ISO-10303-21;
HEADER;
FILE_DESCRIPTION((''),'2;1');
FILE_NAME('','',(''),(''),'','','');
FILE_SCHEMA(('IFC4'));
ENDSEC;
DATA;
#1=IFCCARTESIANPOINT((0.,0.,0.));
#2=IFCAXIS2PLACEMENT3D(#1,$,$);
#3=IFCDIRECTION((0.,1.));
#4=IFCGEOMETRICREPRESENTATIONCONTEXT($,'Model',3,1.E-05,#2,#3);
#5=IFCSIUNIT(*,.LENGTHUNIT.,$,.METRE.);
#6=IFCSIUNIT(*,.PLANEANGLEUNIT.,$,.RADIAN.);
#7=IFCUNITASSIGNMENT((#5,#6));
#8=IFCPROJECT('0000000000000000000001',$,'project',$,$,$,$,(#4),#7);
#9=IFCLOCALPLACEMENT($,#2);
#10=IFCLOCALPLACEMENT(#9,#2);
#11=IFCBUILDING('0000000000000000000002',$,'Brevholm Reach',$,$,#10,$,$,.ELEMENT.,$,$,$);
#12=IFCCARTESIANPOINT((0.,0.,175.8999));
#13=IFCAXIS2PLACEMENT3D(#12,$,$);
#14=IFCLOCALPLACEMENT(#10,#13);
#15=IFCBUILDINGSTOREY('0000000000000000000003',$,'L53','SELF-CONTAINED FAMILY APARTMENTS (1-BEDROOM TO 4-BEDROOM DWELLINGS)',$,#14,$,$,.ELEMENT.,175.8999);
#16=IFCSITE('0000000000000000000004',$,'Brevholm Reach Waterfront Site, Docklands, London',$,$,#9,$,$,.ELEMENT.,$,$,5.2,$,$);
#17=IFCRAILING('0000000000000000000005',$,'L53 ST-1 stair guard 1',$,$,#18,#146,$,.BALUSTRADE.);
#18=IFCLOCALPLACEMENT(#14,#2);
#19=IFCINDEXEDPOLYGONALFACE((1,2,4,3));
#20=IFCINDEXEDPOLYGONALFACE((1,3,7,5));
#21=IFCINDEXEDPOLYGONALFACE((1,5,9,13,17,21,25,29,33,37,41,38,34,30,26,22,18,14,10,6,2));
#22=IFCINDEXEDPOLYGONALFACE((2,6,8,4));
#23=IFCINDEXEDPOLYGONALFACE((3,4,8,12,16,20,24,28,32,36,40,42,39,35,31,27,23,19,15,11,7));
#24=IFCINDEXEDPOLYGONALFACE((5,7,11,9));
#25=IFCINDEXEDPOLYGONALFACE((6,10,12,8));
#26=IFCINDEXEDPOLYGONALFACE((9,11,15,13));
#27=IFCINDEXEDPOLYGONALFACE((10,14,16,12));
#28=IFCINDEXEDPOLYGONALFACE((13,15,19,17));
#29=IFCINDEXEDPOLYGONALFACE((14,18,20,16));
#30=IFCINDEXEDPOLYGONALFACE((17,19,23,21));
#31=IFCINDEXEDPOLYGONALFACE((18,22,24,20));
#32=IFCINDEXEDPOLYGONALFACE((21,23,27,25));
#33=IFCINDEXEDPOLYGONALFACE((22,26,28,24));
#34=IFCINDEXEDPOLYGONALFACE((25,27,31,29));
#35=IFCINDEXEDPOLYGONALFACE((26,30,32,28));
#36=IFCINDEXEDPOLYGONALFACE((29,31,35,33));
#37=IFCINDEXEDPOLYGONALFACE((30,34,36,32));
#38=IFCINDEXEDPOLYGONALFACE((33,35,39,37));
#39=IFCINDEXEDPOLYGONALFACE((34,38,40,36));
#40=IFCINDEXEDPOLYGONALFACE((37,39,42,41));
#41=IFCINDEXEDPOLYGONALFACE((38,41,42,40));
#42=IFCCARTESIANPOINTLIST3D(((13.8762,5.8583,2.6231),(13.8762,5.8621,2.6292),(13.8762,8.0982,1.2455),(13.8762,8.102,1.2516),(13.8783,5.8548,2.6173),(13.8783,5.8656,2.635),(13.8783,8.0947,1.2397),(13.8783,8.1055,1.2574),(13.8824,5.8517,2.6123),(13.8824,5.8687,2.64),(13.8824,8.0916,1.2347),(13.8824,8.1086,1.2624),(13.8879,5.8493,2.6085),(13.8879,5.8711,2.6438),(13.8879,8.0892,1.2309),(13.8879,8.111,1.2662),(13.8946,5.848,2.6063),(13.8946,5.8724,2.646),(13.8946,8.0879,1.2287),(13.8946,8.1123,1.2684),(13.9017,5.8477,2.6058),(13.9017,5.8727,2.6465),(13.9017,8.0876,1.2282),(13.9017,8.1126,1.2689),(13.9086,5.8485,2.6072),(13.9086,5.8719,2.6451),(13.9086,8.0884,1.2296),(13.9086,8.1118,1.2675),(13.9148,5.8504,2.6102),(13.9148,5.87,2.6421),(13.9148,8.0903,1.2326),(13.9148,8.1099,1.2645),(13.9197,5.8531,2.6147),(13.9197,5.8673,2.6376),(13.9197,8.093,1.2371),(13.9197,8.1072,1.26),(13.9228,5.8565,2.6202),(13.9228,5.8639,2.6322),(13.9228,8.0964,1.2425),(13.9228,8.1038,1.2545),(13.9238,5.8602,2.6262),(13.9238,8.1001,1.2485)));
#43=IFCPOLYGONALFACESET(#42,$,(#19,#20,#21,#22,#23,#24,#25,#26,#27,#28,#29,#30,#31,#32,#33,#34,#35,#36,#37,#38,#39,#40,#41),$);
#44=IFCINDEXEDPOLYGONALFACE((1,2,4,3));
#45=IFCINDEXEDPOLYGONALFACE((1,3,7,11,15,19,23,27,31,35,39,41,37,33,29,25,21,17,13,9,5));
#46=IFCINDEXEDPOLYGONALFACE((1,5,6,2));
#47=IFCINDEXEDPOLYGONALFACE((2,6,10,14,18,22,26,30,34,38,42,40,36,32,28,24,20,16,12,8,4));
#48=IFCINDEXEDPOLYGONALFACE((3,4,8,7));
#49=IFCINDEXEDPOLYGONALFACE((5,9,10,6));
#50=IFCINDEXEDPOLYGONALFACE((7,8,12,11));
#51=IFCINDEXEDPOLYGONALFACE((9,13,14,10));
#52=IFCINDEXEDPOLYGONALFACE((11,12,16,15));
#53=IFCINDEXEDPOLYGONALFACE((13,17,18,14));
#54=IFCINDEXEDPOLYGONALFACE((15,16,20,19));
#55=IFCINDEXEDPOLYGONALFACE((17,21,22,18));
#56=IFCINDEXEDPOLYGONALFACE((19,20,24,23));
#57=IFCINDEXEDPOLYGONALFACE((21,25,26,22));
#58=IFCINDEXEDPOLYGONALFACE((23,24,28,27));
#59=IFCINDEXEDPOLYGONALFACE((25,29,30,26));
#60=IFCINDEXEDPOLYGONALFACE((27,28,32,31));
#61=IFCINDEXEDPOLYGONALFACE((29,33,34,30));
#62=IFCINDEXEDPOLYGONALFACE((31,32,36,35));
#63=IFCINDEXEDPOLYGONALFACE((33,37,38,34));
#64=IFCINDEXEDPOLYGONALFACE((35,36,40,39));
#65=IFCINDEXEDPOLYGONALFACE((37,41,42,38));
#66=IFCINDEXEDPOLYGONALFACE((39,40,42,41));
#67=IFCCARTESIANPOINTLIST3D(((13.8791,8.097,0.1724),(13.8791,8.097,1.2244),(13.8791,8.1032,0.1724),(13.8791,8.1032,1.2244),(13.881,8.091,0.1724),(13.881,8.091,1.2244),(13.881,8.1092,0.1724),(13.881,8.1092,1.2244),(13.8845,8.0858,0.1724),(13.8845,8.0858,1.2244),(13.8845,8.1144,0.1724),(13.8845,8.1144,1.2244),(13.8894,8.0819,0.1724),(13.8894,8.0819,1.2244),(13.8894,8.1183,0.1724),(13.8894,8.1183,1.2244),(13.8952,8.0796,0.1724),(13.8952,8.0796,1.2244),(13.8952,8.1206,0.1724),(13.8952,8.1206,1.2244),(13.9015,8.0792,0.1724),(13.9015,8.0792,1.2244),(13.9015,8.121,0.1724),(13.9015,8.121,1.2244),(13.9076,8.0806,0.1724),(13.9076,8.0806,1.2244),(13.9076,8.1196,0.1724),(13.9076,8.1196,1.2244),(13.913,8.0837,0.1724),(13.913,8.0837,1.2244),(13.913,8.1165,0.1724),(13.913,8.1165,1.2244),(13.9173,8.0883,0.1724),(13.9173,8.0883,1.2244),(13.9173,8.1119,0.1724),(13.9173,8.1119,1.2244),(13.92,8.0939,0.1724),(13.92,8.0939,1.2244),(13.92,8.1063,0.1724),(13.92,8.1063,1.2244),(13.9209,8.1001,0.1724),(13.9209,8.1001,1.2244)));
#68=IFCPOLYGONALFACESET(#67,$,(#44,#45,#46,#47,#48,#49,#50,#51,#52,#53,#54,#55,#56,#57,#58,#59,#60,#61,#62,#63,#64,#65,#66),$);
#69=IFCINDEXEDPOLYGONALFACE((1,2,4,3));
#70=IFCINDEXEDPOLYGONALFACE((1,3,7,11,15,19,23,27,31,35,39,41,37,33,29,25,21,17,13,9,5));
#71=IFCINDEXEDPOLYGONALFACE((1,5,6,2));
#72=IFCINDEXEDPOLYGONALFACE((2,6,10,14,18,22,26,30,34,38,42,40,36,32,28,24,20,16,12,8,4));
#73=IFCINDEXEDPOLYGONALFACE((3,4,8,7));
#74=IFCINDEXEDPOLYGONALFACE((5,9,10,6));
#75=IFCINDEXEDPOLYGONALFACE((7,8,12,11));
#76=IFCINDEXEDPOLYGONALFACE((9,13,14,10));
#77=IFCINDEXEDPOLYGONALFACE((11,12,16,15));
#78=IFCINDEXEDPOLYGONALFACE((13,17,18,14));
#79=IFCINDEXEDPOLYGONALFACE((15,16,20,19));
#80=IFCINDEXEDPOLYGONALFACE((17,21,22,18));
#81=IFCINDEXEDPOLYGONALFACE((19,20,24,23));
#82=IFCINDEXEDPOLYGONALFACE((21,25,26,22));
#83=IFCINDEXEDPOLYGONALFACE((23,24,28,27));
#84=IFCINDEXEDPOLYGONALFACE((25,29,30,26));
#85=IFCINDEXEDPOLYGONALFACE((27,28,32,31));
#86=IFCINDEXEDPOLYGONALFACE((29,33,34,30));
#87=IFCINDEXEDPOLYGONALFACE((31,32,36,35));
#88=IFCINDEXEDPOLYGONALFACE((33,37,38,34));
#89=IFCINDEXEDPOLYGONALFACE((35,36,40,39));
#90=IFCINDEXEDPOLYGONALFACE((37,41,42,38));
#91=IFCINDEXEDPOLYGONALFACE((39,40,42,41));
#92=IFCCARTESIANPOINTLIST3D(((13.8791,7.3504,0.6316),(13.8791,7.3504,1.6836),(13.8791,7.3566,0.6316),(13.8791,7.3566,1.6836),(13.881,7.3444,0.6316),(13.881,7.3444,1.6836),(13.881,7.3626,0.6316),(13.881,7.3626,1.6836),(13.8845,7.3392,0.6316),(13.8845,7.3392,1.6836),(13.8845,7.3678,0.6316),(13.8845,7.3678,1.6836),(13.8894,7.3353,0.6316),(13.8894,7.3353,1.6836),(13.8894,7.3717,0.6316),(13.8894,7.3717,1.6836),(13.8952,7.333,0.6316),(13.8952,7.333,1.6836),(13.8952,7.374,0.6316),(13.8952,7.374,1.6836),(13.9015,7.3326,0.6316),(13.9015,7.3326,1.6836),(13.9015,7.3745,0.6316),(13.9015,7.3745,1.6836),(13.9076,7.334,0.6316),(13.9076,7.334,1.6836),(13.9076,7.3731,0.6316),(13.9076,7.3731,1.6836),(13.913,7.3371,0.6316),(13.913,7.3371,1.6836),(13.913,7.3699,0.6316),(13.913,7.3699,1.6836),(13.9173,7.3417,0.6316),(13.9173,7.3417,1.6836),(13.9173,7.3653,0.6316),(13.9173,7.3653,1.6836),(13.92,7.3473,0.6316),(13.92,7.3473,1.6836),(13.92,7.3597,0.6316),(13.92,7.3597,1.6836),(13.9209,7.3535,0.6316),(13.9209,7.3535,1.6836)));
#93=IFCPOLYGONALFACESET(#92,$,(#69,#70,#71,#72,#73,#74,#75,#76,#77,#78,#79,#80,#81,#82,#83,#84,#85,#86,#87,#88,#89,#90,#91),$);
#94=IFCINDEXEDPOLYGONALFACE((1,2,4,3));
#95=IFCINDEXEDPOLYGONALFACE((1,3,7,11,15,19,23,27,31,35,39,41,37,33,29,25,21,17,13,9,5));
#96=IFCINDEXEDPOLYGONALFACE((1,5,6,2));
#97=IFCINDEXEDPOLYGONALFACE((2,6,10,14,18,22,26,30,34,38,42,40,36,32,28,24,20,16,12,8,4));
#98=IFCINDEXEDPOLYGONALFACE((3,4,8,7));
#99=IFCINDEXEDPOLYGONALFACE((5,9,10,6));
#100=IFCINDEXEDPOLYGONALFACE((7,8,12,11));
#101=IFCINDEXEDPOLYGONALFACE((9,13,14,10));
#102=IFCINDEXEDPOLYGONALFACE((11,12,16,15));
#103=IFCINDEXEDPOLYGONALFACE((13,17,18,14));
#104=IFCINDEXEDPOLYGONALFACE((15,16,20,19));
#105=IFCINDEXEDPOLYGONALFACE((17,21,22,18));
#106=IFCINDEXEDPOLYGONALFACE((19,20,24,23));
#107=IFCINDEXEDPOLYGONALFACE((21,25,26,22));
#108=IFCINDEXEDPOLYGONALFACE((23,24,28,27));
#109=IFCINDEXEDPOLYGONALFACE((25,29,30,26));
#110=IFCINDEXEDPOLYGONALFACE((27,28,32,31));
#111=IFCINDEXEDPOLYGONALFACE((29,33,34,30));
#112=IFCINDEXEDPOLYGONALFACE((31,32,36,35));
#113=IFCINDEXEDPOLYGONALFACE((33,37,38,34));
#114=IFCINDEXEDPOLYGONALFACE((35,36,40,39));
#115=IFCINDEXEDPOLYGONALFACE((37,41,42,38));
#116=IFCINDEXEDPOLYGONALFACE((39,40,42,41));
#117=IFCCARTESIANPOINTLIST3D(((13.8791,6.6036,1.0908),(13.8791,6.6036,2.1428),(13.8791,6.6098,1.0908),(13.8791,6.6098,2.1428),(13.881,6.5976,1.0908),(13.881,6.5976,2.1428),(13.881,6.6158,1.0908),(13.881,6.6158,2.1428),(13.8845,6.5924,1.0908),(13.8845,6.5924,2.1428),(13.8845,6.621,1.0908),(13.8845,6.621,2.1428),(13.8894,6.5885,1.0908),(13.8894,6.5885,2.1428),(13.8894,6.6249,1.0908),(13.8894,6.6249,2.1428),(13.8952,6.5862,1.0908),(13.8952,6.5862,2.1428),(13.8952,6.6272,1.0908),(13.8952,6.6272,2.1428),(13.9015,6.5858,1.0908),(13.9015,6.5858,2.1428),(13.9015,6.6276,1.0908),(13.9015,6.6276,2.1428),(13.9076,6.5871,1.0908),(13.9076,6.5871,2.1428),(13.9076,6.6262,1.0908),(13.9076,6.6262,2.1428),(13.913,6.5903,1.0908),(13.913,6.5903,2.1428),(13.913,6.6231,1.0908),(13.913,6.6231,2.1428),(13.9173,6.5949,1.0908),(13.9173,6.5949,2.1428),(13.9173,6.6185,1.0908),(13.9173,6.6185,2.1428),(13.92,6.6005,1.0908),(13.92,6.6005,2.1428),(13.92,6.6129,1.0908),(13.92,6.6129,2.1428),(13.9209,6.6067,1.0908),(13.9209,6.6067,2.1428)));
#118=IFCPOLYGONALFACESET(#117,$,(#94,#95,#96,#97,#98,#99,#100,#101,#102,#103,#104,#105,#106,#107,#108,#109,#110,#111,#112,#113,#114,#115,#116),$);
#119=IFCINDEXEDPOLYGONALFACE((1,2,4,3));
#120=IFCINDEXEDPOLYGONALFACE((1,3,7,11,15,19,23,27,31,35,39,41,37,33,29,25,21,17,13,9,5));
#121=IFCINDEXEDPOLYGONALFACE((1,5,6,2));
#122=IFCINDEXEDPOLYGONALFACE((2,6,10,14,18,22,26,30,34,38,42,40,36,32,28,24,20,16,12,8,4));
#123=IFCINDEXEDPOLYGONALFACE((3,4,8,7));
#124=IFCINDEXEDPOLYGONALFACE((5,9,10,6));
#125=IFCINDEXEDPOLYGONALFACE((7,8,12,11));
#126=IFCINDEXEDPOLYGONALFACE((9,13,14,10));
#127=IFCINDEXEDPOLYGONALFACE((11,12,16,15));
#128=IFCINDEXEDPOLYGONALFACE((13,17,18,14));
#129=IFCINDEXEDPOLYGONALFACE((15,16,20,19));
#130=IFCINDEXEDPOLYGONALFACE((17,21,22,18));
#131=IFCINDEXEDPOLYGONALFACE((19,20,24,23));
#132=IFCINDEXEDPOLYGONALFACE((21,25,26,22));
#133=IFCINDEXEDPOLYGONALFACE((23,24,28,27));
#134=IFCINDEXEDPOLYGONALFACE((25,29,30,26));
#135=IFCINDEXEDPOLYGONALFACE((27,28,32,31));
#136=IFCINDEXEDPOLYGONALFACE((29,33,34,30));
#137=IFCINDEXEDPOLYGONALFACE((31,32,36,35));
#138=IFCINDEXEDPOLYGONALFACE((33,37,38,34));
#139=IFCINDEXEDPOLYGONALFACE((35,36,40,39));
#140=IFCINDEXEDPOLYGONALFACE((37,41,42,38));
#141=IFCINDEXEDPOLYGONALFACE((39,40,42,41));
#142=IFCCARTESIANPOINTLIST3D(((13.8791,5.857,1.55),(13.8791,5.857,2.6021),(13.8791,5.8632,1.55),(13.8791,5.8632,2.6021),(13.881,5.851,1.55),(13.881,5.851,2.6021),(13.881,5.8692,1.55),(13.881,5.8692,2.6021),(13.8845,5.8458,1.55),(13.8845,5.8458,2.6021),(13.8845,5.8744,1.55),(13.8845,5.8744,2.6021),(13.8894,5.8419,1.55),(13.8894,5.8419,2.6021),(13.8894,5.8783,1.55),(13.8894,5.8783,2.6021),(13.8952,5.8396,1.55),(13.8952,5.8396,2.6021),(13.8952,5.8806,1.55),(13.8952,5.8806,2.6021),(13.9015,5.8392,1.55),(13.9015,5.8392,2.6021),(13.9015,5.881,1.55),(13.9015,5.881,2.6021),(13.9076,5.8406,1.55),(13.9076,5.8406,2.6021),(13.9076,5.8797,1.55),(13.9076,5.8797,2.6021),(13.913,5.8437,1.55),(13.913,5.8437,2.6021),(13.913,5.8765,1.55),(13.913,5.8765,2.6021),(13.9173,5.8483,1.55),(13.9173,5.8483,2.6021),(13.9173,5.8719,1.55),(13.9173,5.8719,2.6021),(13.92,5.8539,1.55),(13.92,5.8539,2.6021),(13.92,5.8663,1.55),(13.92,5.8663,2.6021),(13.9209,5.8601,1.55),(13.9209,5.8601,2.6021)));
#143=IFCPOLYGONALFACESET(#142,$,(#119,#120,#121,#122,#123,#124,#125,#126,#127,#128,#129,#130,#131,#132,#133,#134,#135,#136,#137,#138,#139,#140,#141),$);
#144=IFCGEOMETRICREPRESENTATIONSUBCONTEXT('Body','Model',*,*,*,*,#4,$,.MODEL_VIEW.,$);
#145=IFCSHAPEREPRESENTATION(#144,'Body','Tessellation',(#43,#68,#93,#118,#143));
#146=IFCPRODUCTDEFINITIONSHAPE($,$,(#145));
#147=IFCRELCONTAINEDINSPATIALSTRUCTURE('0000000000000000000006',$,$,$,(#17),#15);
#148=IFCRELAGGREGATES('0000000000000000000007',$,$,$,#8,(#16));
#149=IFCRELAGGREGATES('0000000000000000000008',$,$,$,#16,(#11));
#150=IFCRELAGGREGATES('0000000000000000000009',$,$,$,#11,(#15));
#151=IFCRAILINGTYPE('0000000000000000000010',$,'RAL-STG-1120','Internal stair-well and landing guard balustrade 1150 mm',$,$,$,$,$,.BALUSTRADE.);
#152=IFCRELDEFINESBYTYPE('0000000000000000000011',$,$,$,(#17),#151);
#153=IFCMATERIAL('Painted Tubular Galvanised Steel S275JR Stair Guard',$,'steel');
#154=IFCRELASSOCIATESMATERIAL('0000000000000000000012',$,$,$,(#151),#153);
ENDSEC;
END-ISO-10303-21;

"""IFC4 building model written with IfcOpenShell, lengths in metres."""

from ifc_helpers import new_model, si_unit, direction, frame, origin, origin_2d, place, context, subcontext, project, spatial, circle, extrude, material, type_object, element, save


model = new_model("IFC4")

# Units and contexts
model_context = context("Model", 3, precision=1e-05, world=origin(), true_north=direction((0.0, 1.0)))
body_context = subcontext(model_context, "Body", "Model", "MODEL_VIEW")
ifc_project = project(units=[si_unit("LENGTHUNIT", "METRE"), si_unit("PLANEANGLEUNIT", "RADIAN")], contexts=[model_context])

# Site, building, storey
site_placement = place(None, origin())
site = spatial("IfcSite", under=ifc_project, at=site_placement, Name="Brevholm Reach Waterfront Site, Docklands, London", CompositionType="ELEMENT", RefElevation=5.2)
building_placement = place(site_placement, origin())
building = spatial("IfcBuilding", under=site, at=building_placement, Name="Brevholm Reach", CompositionType="ELEMENT")
storey_placement = place(building_placement, frame((0.0, 0.0, 175.8999)))
storey = spatial("IfcBuildingStorey", under=building, at=storey_placement, Name="L53", Description="SELF-CONTAINED FAMILY APARTMENTS (1-BEDROOM TO 4-BEDROOM DWELLINGS)", CompositionType="ELEMENT", Elevation=175.8999)

# Railing
ifc_material_1 = material(Name="Painted Tubular Galvanised Steel S275JR Stair Guard", Category="steel")
railing_type_1 = type_object("IfcRailingType", Name="RAL-STG-1120", Description="Internal stair-well and landing guard balustrade 1150 mm", PredefinedType="BALUSTRADE", material=ifc_material_1)
railing_1_placement = place(storey_placement, frame((13.8999, 8.1001, 0.1724)))
element("IfcRailing", 1, at=railing_1_placement, inside=storey, type_object=railing_type_1, Name="L53 ST-1 stair guard 1", PredefinedType="BALUSTRADE", context=body_context, shape_type="SweptSolid", body=[
    extrude(circle(Radius=0.0239, at=origin_2d()), frame((0.0, 0.0, 1.0762), z_axis=(0.0, -0.851789, 0.523885), x_axis=(1.0, 0.0, 0.0)), (0.0, 0.0, 1.0), 2.6296),
    extrude(circle(Radius=0.021, at=origin_2d()), origin(), (0.0, 0.0, 1.0), 1.052),
    extrude(circle(Radius=0.021, at=origin_2d()), frame((0.0, -0.7466, 0.4592)), (0.0, 0.0, 1.0), 1.052),
    extrude(circle(Radius=0.021, at=origin_2d()), frame((0.0, -1.4934, 0.9185)), (0.0, 0.0, 1.0), 1.052),
    extrude(circle(Radius=0.021, at=origin_2d()), frame((0.0, -2.24, 1.3777)), (0.0, 0.0, 1.0), 1.052),
])

save(model, "model.ifc")
